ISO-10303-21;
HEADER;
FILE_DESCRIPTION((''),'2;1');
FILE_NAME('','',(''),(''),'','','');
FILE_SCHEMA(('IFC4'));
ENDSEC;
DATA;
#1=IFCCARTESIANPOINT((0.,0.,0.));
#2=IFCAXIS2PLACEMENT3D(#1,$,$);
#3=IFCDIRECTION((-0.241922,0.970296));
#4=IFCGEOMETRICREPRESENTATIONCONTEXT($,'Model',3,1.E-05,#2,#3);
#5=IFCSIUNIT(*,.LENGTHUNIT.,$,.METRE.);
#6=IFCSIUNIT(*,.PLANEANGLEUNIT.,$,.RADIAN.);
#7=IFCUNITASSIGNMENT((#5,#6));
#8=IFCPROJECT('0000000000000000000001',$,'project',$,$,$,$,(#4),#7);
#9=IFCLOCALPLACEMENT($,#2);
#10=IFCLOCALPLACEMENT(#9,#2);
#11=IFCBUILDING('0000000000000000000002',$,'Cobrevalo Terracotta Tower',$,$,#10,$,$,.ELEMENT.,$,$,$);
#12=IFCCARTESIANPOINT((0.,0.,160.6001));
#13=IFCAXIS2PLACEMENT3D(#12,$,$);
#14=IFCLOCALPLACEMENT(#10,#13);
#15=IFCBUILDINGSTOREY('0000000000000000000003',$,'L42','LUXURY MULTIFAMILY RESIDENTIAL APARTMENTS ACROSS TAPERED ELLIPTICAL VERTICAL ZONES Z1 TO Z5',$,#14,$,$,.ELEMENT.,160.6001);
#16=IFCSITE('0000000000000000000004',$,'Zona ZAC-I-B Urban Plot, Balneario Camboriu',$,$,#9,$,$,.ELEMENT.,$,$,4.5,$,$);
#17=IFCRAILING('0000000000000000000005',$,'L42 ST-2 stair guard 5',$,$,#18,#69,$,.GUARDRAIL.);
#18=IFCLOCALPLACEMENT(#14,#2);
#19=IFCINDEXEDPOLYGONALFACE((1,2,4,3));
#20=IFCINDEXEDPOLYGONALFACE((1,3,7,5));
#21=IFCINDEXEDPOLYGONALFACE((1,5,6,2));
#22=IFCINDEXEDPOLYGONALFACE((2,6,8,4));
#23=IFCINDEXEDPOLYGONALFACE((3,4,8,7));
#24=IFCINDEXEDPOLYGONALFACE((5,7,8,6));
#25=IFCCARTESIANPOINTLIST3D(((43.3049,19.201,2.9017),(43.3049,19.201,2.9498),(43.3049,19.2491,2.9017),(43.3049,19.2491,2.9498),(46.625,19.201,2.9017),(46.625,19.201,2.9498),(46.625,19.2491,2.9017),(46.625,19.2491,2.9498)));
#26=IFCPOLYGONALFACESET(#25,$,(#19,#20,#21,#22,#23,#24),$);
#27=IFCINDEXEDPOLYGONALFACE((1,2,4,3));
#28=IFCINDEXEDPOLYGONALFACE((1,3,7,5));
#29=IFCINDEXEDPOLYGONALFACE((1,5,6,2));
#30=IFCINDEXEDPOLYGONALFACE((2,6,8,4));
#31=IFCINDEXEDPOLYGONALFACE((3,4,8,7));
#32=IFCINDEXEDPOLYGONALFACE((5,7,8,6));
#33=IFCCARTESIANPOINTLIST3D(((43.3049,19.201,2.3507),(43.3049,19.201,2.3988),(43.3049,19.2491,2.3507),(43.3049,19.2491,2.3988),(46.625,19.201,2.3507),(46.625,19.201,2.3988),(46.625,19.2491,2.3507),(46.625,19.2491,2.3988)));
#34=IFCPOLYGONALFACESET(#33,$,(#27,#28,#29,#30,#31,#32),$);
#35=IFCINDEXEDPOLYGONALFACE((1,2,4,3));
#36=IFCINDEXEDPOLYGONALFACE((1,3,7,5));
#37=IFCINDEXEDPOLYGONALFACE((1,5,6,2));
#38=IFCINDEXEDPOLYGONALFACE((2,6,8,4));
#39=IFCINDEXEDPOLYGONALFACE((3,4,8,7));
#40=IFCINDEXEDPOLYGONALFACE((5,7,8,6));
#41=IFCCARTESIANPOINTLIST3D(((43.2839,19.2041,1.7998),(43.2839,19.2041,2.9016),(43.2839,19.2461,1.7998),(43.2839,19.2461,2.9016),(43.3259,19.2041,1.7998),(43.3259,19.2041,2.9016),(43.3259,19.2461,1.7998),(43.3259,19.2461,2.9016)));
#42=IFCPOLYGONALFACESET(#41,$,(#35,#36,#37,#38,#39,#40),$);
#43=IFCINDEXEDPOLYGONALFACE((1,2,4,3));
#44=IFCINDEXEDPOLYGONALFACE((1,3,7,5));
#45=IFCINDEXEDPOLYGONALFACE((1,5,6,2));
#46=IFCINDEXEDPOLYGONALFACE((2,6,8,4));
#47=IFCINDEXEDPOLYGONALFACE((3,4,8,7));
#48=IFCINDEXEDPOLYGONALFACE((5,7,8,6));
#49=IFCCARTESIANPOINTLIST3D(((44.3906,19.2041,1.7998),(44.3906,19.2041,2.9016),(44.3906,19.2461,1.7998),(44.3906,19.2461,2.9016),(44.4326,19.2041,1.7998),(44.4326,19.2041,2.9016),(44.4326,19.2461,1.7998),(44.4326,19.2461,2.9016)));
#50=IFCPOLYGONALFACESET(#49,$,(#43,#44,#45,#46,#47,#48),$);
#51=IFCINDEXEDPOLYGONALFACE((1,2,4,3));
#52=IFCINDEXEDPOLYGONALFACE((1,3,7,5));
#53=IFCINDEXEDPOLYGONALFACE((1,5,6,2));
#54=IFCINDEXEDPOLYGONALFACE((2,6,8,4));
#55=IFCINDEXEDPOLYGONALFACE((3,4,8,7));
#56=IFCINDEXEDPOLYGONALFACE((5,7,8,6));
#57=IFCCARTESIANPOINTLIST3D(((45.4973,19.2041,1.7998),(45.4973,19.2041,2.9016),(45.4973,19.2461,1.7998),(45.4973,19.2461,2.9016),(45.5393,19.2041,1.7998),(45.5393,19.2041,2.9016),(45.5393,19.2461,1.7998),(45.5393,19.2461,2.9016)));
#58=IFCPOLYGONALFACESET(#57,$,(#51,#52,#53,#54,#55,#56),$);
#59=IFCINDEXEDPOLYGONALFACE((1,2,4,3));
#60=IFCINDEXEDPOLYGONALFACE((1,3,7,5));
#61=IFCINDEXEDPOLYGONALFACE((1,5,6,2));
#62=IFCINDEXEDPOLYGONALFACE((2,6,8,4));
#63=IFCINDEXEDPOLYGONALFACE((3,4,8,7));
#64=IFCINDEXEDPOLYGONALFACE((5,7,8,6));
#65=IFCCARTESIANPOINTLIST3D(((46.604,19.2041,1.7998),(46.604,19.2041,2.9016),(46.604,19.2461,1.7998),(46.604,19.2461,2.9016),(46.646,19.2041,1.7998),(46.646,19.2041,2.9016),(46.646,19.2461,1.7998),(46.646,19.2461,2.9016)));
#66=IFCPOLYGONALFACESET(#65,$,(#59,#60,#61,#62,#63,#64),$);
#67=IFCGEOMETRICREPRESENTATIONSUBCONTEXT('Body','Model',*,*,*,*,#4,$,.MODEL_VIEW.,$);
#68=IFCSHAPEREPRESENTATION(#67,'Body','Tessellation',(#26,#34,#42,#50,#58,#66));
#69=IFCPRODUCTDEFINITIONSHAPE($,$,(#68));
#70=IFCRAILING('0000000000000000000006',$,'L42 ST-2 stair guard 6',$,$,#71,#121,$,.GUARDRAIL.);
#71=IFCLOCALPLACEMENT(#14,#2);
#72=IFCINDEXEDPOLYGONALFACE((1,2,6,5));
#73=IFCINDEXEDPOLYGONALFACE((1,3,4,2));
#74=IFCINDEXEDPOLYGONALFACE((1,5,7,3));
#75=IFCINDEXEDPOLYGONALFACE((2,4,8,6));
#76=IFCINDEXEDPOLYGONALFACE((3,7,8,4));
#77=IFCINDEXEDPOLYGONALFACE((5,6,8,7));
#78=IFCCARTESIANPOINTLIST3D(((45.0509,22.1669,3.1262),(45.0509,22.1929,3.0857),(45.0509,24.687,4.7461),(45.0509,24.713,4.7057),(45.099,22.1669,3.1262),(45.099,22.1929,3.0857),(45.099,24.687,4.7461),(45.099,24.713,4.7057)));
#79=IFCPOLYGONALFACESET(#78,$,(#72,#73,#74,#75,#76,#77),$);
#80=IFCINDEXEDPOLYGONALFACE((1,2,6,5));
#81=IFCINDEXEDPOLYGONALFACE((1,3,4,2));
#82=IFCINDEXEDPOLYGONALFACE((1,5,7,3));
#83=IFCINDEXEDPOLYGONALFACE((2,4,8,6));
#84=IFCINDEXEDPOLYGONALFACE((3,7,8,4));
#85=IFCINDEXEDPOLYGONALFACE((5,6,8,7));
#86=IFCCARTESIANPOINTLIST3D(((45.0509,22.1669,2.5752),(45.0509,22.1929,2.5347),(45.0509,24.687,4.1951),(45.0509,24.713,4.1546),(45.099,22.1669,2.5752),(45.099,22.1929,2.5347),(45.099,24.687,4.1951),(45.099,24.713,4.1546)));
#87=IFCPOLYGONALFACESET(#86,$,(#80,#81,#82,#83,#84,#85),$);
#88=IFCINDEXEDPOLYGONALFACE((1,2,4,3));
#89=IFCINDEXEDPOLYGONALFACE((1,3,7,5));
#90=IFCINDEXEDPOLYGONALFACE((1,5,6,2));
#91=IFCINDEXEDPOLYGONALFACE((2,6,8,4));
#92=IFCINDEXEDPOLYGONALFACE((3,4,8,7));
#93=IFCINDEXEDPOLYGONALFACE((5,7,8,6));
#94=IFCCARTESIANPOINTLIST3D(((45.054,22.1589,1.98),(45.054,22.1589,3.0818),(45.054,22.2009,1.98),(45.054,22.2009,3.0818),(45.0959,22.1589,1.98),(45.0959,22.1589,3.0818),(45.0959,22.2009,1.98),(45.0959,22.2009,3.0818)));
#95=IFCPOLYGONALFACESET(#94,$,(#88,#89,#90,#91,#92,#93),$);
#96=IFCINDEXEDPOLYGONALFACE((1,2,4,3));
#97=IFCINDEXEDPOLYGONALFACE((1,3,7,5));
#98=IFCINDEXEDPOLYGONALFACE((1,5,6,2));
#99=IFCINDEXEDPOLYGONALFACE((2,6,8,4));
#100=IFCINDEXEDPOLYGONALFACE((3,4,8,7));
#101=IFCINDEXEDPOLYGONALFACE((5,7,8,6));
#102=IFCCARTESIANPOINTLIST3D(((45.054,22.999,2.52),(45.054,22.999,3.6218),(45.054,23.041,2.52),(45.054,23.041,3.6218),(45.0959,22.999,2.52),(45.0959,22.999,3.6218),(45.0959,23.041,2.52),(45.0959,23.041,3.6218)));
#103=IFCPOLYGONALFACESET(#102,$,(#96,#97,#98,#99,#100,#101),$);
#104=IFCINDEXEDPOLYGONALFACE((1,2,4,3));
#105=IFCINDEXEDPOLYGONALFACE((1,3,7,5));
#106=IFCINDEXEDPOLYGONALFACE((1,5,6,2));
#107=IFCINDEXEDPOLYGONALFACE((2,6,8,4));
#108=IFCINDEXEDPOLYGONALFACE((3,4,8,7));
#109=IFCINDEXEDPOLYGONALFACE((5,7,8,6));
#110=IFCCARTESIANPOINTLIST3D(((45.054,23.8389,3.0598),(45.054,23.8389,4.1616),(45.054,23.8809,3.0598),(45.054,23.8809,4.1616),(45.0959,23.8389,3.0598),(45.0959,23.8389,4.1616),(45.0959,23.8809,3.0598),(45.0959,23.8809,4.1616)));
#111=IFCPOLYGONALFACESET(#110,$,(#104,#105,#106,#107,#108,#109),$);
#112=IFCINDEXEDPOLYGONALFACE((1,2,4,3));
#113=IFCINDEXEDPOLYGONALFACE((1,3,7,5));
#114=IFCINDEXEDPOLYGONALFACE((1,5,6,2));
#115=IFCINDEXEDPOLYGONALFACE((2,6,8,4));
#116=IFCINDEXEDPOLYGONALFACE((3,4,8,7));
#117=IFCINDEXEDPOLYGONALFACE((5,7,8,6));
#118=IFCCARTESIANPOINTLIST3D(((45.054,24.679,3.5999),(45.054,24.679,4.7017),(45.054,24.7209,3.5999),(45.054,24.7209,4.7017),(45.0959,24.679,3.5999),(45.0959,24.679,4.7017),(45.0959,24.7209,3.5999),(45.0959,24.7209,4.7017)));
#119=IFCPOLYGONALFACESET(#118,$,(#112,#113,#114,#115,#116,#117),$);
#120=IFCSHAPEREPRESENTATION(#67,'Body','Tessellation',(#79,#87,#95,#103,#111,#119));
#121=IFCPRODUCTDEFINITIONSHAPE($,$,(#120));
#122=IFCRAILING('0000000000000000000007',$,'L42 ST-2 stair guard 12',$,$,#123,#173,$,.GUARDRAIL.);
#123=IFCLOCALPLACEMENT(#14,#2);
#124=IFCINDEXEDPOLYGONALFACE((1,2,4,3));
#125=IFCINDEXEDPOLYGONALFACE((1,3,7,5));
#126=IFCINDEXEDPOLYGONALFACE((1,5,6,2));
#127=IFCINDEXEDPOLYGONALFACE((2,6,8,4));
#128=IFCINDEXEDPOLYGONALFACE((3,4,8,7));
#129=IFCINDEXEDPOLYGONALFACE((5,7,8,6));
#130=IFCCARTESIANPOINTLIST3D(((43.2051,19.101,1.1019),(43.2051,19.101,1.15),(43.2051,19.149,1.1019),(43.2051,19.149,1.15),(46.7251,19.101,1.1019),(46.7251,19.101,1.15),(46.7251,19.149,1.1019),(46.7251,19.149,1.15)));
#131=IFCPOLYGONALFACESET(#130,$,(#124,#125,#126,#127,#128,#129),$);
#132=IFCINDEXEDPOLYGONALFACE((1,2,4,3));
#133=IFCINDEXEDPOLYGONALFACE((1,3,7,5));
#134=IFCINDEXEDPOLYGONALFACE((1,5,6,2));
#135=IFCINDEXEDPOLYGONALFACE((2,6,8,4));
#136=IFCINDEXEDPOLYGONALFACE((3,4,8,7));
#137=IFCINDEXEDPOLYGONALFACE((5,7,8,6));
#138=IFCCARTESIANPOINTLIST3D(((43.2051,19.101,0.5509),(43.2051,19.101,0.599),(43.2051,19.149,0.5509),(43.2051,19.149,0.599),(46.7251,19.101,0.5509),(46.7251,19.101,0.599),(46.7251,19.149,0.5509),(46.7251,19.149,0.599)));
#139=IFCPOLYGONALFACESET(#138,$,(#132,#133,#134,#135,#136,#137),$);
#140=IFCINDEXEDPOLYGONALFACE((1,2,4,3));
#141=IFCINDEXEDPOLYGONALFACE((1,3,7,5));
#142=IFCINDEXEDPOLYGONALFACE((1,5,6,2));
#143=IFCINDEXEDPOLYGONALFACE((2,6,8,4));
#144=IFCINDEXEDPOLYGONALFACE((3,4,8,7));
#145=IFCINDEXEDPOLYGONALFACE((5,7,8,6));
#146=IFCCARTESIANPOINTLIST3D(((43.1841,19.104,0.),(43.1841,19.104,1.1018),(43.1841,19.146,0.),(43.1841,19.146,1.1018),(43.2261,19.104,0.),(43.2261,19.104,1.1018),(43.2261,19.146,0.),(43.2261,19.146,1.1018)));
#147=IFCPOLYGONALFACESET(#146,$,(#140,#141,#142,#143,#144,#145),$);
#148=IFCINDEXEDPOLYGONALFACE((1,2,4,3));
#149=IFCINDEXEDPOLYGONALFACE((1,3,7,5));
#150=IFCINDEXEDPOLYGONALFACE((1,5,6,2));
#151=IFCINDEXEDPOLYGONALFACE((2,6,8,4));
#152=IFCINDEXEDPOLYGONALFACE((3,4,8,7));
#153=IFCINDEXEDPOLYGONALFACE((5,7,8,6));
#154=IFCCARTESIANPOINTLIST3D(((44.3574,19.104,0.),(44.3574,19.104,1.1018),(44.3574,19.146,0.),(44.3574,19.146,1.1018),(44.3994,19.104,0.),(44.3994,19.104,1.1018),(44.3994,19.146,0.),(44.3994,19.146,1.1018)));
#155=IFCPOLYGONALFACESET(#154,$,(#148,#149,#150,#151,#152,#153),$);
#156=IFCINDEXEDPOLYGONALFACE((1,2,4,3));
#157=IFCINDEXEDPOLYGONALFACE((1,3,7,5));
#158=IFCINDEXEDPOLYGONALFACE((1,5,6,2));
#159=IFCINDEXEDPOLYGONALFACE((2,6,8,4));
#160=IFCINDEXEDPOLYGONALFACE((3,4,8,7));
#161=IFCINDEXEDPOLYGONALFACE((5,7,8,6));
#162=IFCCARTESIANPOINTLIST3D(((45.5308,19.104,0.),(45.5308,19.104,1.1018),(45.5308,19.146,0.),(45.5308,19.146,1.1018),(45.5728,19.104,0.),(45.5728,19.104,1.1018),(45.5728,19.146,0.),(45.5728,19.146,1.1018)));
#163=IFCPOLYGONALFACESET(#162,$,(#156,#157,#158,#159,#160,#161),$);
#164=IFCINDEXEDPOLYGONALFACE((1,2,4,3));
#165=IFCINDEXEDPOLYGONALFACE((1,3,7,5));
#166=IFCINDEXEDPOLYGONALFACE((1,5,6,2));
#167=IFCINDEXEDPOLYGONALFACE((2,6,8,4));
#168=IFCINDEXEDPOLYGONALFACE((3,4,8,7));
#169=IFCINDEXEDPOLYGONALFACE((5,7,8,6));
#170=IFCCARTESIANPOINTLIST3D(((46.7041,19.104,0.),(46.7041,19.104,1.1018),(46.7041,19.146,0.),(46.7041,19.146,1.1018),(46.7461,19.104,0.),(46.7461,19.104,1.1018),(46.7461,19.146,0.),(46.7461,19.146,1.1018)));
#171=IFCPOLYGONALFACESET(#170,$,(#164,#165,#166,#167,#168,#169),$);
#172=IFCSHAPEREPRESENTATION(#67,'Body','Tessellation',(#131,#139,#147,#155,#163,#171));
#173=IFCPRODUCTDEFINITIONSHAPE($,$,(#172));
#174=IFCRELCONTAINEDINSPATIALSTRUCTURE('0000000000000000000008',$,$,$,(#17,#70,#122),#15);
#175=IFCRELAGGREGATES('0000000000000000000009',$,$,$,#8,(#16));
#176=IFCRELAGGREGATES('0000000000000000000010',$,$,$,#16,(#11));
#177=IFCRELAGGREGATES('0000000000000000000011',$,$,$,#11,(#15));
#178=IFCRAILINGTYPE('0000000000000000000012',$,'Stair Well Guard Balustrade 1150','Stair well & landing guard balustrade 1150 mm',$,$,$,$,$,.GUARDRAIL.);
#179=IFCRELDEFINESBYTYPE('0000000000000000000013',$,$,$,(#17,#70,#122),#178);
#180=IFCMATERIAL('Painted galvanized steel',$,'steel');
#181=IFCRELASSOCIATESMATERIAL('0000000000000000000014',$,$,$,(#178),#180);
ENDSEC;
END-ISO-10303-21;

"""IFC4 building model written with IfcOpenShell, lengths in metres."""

from ifc_helpers import new_model, si_unit, direction, frame, origin, origin_2d, place, context, subcontext, project, spatial, rectangle, extrude, material, type_object, element, save


model = new_model("IFC4")

# Units and contexts
model_context = context("Model", 3, precision=1e-05, world=origin(), true_north=direction((-0.241922, 0.970296)))
body_context = subcontext(model_context, "Body", "Model", "MODEL_VIEW")
ifc_project = project(units=[si_unit("LENGTHUNIT", "METRE"), si_unit("PLANEANGLEUNIT", "RADIAN")], contexts=[model_context])

# Site, building, storey
site_placement = place(None, origin())
site = spatial("IfcSite", under=ifc_project, at=site_placement, Name="Zona ZAC-I-B Urban Plot, Balneario Camboriu", CompositionType="ELEMENT", RefElevation=4.5)
building_placement = place(site_placement, origin())
building = spatial("IfcBuilding", under=site, at=building_placement, Name="Cobrevalo Terracotta Tower", CompositionType="ELEMENT")
storey_placement = place(building_placement, frame((0.0, 0.0, 160.6001)))
storey = spatial("IfcBuildingStorey", under=building, at=storey_placement, Name="L42", Description="LUXURY MULTIFAMILY RESIDENTIAL APARTMENTS ACROSS TAPERED ELLIPTICAL VERTICAL ZONES Z1 TO Z5", CompositionType="ELEMENT", Elevation=160.6001)

# Railings
ifc_material_1 = material(Name="Painted galvanized steel", Category="steel")
railing_type_1 = type_object("IfcRailingType", Name="Stair Well Guard Balustrade 1150", Description="Stair well & landing guard balustrade 1150 mm", PredefinedType="GUARDRAIL", material=ifc_material_1)
railing_1_placement = place(storey_placement, frame((43.3049, 19.2251, 1.7998)))
element("IfcRailing", 1, at=railing_1_placement, inside=storey, type_object=railing_type_1, Name="L42 ST-2 stair guard 5", PredefinedType="GUARDRAIL", context=body_context, shape_type="SweptSolid", body=[
    extrude(rectangle(XDim=0.0481, YDim=0.0481, at=origin_2d()), frame((0.0, 0.0, 1.126), z_axis=(1.0, 0.0, 0.0), x_axis=(0.0, 1.0, 0.0)), (0.0, 0.0, 1.0), 3.3201),
    extrude(rectangle(XDim=0.0481, YDim=0.0481, at=origin_2d()), frame((0.0, 0.0, 0.575), z_axis=(1.0, 0.0, 0.0), x_axis=(0.0, 1.0, 0.0)), (0.0, 0.0, 1.0), 3.3201),
    extrude(rectangle(XDim=0.042, YDim=0.042, at=origin_2d()), origin(), (0.0, 0.0, 1.0), 1.1018),
    extrude(rectangle(XDim=0.042, YDim=0.042, at=origin_2d()), frame((1.1067, 0.0, 0.0)), (0.0, 0.0, 1.0), 1.1018),
    extrude(rectangle(XDim=0.042, YDim=0.042, at=origin_2d()), frame((2.2134, 0.0, 0.0)), (0.0, 0.0, 1.0), 1.1018),
    extrude(rectangle(XDim=0.042, YDim=0.042, at=origin_2d()), frame((3.3201, 0.0, 0.0)), (0.0, 0.0, 1.0), 1.1018),
])
railing_2_placement = place(storey_placement, frame((45.075, 22.1799, 1.98)))
element("IfcRailing", 2, at=railing_2_placement, inside=storey, type_object=railing_type_1, Name="L42 ST-2 stair guard 6", PredefinedType="GUARDRAIL", context=body_context, shape_type="SweptSolid", body=[
    extrude(rectangle(XDim=0.0481, YDim=0.0481, at=origin_2d()), frame((0.0, 0.0, 1.126), z_axis=(0.0, 0.8412, 0.540725), x_axis=(-1.0, 0.0, 0.0)), (0.0, 0.0, 1.0), 2.9958),
    extrude(rectangle(XDim=0.0481, YDim=0.0481, at=origin_2d()), frame((0.0, 0.0, 0.575), z_axis=(0.0, 0.8412, 0.540725), x_axis=(-1.0, 0.0, 0.0)), (0.0, 0.0, 1.0), 2.9958),
    extrude(rectangle(XDim=0.042, YDim=0.042, at=origin_2d()), origin(), (0.0, 0.0, 1.0), 1.1018),
    extrude(rectangle(XDim=0.042, YDim=0.042, at=origin_2d()), frame((0.0, 0.8401, 0.54)), (0.0, 0.0, 1.0), 1.1018),
    extrude(rectangle(XDim=0.042, YDim=0.042, at=origin_2d()), frame((0.0, 1.6799, 1.0798)), (0.0, 0.0, 1.0), 1.1018),
    extrude(rectangle(XDim=0.042, YDim=0.042, at=origin_2d()), frame((0.0, 2.52, 1.6199)), (0.0, 0.0, 1.0), 1.1018),
])
railing_3_placement = place(storey_placement, frame((43.2051, 19.125, 0.0)))
element("IfcRailing", 3, at=railing_3_placement, inside=storey, type_object=railing_type_1, Name="L42 ST-2 stair guard 12", PredefinedType="GUARDRAIL", context=body_context, shape_type="SweptSolid", body=[
    extrude(rectangle(XDim=0.0481, YDim=0.0481, at=origin_2d()), frame((0.0, 0.0, 1.126), z_axis=(1.0, 0.0, 0.0), x_axis=(0.0, 1.0, 0.0)), (0.0, 0.0, 1.0), 3.52),
    extrude(rectangle(XDim=0.0481, YDim=0.0481, at=origin_2d()), frame((0.0, 0.0, 0.575), z_axis=(1.0, 0.0, 0.0), x_axis=(0.0, 1.0, 0.0)), (0.0, 0.0, 1.0), 3.52),
    extrude(rectangle(XDim=0.042, YDim=0.042, at=origin_2d()), origin(), (0.0, 0.0, 1.0), 1.1018),
    extrude(rectangle(XDim=0.042, YDim=0.042, at=origin_2d()), frame((1.1733, 0.0, 0.0)), (0.0, 0.0, 1.0), 1.1018),
    extrude(rectangle(XDim=0.042, YDim=0.042, at=origin_2d()), frame((2.3467, 0.0, 0.0)), (0.0, 0.0, 1.0), 1.1018),
    extrude(rectangle(XDim=0.042, YDim=0.042, at=origin_2d()), frame((3.52, 0.0, 0.0)), (0.0, 0.0, 1.0), 1.1018),
])

save(model, "model.ifc")
